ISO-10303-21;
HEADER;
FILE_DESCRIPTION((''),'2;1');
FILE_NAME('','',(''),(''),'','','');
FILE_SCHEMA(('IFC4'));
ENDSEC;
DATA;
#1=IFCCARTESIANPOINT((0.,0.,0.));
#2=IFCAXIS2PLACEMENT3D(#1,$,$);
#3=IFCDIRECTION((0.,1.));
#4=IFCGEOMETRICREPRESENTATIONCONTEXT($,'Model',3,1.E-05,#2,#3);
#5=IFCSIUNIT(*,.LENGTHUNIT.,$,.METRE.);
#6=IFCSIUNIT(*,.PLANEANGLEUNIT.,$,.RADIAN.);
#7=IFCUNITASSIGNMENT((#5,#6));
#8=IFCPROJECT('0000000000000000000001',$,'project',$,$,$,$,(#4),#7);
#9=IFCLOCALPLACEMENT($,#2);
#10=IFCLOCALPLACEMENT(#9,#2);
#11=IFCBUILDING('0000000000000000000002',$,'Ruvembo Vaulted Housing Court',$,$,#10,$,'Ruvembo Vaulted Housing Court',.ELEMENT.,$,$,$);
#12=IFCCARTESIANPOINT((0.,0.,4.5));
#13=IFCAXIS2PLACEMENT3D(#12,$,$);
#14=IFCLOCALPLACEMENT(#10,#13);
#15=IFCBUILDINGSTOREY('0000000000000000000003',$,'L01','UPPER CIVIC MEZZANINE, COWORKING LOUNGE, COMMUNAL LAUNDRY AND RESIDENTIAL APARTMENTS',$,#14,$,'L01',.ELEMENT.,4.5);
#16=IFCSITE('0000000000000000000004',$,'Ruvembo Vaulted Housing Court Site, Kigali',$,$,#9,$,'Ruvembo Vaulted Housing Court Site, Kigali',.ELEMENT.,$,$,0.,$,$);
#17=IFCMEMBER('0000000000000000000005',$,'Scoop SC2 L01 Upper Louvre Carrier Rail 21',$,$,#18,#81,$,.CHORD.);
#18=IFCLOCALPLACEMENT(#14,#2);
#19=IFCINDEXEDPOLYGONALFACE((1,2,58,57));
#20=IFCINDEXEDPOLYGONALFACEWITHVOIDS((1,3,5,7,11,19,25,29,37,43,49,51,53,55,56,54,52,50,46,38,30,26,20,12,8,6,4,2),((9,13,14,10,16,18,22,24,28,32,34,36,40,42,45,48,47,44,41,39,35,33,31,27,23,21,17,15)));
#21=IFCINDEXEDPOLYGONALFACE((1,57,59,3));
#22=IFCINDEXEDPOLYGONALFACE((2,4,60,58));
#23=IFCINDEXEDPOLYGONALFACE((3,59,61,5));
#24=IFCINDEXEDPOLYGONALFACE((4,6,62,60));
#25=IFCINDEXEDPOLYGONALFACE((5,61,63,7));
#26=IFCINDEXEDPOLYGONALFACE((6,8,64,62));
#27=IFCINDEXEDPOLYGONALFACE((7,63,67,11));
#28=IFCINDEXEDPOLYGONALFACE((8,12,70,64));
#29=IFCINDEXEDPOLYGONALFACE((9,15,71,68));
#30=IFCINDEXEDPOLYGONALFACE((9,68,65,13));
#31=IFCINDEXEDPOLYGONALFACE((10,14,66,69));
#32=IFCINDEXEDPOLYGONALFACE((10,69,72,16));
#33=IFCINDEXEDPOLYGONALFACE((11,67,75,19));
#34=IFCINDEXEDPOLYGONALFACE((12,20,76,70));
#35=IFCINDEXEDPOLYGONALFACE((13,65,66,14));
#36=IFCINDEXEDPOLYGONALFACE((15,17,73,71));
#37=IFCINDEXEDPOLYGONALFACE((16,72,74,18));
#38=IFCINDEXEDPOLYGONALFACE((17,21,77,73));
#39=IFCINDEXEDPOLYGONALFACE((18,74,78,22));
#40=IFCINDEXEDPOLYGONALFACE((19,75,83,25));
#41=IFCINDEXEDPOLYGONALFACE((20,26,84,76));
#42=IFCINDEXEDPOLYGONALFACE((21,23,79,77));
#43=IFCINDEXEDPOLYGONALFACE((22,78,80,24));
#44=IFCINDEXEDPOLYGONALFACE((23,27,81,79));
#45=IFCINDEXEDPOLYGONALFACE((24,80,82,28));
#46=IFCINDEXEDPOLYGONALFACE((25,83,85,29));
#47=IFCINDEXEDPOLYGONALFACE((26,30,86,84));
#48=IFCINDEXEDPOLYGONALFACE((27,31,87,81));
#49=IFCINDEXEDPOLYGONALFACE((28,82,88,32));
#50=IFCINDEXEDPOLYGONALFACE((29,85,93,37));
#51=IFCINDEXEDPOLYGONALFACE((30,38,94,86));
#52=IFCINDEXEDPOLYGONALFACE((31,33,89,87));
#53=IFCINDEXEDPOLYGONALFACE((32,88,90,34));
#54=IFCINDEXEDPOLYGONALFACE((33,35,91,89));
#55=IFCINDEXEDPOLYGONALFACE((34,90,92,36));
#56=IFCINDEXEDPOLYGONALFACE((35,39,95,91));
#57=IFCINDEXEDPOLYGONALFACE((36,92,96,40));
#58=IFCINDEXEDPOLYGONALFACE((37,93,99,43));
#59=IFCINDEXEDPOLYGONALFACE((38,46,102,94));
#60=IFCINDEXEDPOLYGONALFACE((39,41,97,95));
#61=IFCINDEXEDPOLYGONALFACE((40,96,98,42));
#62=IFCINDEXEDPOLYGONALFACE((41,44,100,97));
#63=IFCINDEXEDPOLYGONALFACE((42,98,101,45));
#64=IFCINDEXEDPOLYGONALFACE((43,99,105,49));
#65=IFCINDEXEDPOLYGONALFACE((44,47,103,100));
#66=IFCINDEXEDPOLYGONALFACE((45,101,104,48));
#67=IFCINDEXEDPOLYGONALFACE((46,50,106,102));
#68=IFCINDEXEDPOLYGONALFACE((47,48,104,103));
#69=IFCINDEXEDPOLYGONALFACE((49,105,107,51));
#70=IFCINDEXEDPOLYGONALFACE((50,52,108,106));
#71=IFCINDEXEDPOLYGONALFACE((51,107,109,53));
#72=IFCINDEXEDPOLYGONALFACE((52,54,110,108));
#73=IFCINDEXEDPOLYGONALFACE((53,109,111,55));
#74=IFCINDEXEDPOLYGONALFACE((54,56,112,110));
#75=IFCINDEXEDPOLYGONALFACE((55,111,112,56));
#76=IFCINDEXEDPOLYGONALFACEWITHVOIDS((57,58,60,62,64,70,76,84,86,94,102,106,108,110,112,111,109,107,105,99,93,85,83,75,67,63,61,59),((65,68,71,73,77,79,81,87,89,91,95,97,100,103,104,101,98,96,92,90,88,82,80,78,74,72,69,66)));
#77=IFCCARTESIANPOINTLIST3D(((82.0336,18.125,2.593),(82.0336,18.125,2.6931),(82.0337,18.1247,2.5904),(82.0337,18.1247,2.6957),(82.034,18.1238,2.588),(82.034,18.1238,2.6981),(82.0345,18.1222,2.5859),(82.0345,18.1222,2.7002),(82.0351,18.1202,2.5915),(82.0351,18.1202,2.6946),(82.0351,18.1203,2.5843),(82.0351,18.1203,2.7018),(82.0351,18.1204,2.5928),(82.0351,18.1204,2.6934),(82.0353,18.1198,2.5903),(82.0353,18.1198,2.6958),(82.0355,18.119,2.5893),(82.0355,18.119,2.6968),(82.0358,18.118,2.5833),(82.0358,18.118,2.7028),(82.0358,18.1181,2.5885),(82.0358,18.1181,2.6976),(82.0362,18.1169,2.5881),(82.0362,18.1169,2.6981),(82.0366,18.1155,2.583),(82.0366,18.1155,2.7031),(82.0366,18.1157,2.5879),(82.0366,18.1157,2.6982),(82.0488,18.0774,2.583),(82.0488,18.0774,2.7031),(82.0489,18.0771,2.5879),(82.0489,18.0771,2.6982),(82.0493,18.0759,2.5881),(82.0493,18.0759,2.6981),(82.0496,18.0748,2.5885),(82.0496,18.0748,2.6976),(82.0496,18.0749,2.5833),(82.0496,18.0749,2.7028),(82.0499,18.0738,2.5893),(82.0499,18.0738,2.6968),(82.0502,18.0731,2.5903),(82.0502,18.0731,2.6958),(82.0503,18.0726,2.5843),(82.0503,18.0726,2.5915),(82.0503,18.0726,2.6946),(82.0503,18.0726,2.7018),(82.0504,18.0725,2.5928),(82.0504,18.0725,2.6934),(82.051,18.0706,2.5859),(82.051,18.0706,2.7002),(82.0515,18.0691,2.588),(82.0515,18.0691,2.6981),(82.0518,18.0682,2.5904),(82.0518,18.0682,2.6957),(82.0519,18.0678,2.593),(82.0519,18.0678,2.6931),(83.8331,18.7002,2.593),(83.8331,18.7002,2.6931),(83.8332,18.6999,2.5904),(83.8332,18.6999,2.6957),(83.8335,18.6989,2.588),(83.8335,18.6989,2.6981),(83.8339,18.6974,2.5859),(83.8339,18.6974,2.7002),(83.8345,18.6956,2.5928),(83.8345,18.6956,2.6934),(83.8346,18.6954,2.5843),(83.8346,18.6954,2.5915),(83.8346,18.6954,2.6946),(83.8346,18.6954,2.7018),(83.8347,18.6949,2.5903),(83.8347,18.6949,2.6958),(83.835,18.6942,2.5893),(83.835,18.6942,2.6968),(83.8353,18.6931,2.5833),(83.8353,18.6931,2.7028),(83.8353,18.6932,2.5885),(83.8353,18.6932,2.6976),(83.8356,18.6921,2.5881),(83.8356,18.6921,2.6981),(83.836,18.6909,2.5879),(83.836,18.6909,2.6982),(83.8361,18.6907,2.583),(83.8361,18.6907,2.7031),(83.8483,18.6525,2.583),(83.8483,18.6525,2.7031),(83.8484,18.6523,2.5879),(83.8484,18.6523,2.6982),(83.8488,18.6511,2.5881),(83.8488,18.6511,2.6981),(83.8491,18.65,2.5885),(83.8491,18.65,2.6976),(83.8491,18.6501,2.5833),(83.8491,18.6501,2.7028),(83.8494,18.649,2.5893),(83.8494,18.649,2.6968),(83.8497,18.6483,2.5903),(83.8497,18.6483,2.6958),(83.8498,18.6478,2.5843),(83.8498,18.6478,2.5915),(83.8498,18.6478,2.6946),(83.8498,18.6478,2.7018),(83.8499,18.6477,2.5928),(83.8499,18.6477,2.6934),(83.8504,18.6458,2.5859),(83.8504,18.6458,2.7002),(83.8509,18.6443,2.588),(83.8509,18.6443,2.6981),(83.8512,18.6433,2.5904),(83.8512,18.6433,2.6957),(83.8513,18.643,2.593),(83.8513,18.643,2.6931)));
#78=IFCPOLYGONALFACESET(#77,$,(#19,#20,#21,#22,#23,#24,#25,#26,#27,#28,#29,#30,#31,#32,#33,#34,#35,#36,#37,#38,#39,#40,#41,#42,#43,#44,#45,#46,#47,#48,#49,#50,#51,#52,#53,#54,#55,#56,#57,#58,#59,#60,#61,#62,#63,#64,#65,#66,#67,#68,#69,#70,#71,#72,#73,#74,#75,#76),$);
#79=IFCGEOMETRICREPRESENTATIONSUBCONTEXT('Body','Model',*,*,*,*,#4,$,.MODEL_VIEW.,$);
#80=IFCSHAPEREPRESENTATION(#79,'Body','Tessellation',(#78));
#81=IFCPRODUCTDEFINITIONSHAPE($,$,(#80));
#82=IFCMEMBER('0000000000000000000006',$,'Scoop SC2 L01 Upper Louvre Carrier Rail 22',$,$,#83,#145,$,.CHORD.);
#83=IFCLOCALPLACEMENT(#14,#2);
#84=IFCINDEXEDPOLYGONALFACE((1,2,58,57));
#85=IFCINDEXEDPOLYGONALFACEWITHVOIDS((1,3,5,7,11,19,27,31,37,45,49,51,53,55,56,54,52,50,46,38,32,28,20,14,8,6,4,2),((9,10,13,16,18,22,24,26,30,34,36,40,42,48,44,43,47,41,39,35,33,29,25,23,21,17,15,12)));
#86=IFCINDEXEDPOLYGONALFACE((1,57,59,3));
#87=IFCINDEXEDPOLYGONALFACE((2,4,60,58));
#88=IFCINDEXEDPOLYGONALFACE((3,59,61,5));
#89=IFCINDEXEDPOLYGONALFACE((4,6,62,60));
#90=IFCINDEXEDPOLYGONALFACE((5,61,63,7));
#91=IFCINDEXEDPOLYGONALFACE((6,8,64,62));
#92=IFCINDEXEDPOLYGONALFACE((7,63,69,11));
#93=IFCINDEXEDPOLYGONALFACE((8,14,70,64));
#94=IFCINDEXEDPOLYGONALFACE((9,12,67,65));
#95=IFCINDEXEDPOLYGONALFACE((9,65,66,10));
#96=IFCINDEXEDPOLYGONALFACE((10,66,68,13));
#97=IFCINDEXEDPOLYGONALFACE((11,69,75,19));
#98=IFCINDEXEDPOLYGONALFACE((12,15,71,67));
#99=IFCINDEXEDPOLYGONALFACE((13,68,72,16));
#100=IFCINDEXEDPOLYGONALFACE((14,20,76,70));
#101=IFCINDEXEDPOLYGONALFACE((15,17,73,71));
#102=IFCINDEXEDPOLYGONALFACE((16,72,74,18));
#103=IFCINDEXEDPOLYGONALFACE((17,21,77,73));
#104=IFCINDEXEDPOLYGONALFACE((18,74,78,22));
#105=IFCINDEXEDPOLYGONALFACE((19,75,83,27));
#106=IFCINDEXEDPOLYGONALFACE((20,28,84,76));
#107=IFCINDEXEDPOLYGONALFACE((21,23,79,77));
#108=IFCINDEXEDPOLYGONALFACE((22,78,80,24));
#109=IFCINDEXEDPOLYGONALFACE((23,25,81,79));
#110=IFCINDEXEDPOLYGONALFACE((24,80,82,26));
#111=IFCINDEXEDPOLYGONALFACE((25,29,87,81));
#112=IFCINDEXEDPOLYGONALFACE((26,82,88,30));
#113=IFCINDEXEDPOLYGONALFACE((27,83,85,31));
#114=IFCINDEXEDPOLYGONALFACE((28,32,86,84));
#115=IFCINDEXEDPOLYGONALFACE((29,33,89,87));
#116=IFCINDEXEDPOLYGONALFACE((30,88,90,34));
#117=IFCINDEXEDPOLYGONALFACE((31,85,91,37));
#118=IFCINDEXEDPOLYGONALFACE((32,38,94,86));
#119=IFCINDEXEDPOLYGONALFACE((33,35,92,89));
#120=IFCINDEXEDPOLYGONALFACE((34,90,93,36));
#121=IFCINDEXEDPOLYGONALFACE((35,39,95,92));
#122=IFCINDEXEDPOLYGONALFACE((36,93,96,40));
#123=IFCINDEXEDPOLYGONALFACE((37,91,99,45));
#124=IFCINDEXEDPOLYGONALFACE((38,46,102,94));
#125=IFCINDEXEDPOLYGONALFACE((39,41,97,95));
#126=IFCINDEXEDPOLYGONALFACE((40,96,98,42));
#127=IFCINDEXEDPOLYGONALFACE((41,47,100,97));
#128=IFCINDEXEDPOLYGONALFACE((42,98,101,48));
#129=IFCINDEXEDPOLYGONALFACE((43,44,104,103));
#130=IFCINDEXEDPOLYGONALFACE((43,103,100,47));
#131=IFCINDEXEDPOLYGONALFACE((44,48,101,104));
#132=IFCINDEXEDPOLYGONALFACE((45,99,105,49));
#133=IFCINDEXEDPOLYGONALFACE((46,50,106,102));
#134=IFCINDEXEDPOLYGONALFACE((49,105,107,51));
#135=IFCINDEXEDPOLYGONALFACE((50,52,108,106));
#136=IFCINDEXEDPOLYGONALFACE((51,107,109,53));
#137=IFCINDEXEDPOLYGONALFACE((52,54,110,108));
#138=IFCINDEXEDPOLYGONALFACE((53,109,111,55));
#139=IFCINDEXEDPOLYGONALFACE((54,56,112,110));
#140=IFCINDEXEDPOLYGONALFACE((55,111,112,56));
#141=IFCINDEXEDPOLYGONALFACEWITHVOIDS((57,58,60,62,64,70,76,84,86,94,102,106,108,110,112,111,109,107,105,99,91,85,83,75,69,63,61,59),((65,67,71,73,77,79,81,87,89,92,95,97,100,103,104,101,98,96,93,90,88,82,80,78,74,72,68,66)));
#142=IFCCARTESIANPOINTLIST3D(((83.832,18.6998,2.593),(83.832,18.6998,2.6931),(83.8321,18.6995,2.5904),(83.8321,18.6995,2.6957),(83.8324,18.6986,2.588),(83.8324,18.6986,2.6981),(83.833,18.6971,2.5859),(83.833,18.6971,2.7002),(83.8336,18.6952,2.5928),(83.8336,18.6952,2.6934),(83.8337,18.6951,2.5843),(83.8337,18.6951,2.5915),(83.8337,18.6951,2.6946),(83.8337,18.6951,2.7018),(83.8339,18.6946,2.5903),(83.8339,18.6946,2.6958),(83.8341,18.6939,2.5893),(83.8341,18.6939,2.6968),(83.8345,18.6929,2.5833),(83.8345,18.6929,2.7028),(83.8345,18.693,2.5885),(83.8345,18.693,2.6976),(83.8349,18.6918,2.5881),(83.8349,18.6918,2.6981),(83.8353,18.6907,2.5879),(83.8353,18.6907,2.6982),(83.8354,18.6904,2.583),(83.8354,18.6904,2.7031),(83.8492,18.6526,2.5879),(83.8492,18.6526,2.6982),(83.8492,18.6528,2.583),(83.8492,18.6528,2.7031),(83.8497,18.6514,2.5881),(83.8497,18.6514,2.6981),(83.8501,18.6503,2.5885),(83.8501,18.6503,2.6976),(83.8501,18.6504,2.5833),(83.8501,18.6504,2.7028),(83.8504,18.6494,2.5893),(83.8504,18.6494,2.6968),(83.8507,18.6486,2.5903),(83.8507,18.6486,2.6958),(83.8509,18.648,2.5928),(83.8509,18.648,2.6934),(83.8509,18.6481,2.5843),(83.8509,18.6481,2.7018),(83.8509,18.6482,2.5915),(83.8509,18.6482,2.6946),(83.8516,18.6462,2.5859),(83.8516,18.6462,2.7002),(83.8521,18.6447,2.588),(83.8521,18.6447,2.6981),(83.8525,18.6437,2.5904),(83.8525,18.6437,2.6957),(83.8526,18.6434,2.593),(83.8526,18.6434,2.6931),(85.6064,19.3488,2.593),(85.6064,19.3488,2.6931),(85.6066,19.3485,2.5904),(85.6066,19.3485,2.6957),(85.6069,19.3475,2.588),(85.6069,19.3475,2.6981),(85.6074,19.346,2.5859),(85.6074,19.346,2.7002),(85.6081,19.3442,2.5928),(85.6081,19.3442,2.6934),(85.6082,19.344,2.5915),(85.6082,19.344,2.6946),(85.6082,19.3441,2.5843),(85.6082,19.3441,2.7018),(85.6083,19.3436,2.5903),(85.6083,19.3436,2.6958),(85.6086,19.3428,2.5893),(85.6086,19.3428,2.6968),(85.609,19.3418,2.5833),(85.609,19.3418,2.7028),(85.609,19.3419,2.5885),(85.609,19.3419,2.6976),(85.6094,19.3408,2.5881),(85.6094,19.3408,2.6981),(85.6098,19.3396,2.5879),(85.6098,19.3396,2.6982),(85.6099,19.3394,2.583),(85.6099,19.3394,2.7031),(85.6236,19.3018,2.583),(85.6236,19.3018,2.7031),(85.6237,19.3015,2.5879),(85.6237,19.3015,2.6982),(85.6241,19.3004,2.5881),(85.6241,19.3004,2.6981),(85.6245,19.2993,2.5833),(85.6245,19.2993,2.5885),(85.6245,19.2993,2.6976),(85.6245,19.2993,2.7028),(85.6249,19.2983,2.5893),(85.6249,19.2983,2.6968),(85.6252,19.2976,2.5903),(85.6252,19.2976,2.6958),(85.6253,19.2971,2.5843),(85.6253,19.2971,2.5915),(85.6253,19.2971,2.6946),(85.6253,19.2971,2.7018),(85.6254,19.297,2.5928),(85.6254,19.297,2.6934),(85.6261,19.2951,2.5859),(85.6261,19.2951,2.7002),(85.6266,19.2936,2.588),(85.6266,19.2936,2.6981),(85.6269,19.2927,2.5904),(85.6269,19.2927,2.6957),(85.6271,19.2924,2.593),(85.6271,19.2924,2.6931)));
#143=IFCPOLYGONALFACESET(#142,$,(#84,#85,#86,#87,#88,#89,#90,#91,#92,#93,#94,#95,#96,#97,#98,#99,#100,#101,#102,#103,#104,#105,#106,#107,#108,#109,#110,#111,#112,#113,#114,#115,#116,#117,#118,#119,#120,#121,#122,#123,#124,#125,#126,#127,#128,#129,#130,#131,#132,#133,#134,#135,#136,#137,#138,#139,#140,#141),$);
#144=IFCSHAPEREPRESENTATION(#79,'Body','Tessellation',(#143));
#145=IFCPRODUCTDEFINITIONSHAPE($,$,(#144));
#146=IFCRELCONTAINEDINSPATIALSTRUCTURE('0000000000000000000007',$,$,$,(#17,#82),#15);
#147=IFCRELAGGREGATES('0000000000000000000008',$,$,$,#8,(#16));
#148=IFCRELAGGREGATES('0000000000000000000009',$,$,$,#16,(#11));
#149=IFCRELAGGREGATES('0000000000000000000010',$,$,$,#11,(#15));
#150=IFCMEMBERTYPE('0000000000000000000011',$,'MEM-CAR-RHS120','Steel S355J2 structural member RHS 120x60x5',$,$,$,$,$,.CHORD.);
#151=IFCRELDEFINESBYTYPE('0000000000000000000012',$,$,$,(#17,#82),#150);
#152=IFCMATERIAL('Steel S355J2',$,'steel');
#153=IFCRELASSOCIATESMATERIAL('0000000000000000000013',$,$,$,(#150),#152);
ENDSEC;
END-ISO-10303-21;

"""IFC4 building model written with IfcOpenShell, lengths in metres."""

from ifc_helpers import new_model, si_unit, direction, frame, origin, origin_2d, place, context, subcontext, project, spatial, hollow_rectangle, extrude, material, material_profile, profile_set, type_object, element, save


model = new_model("IFC4")

# Units and contexts
model_context = context("Model", 3, precision=1e-05, world=origin(), true_north=direction((0.0, 1.0)))
body_context = subcontext(model_context, "Body", "Model", "MODEL_VIEW")
ifc_project = project(units=[si_unit("LENGTHUNIT", "METRE"), si_unit("PLANEANGLEUNIT", "RADIAN")], contexts=[model_context])

# Site, building, storey
site_placement = place(None, origin())
site = spatial("IfcSite", under=ifc_project, at=site_placement, Name="Ruvembo Vaulted Housing Court Site, Kigali", LongName="Ruvembo Vaulted Housing Court Site, Kigali", CompositionType="ELEMENT", RefElevation=0.0)
building_placement = place(site_placement, origin())
building = spatial("IfcBuilding", under=site, at=building_placement, Name="Ruvembo Vaulted Housing Court", LongName="Ruvembo Vaulted Housing Court", CompositionType="ELEMENT")
storey_placement = place(building_placement, frame((0.0, 0.0, 4.5)))
storey = spatial("IfcBuildingStorey", under=building, at=storey_placement, Name="L01", Description="UPPER CIVIC MEZZANINE, COWORKING LOUNGE, COMMUNAL LAUNDRY AND RESIDENTIAL APARTMENTS", LongName="L01", CompositionType="ELEMENT", Elevation=4.5)

# Shared definitions
ifc_material_1 = material(Name="Steel S355J2", Category="steel")

# Members
ifc_material_profile_1 = material_profile(ifc_material_1, hollow_rectangle(XDim=0.0601, YDim=0.1201, WallThickness=0.0049, InnerFilletRadius=0.0049, OuterFilletRadius=0.01, at=origin_2d()), Name="RHS 120x60x5")
ifc_profile_set_1 = profile_set([ifc_material_profile_1], Name="Steel S355J2")
member_type_1 = type_object("IfcMemberType", Name="MEM-CAR-RHS120", Description="Steel S355J2 structural member RHS 120x60x5", PredefinedType="CHORD", material=ifc_profile_set_1)
member_1_placement = place(storey_placement, frame((82.0427, 18.0964, 2.6431), z_axis=(0.952526, 0.304457, 0.0), x_axis=(-0.304457, 0.952526, 0.0)))
element("IfcMember", 1, at=member_1_placement, inside=storey, type_object=member_type_1, Name="Scoop SC2 L01 Upper Louvre Carrier Rail 21", PredefinedType="CHORD", context=body_context, shape_type="SweptSolid", body=[
    extrude(hollow_rectangle(XDim=0.0601, YDim=0.1201, WallThickness=0.0049, InnerFilletRadius=0.0049, OuterFilletRadius=0.01, at=origin_2d()), origin(), (0.0, 0.0, 1.0), 1.8892),
])
member_2_placement = place(storey_placement, frame((83.8423, 18.6716, 2.6431), z_axis=(0.939166, 0.343465, 0.0), x_axis=(-0.343465, 0.939166, 0.0)))
element("IfcMember", 2, at=member_2_placement, inside=storey, type_object=member_type_1, Name="Scoop SC2 L01 Upper Louvre Carrier Rail 22", PredefinedType="CHORD", context=body_context, shape_type="SweptSolid", body=[
    extrude(hollow_rectangle(XDim=0.0601, YDim=0.1201, WallThickness=0.0049, InnerFilletRadius=0.0049, OuterFilletRadius=0.01, at=origin_2d()), origin(), (0.0, 0.0, 1.0), 1.8894),
])

save(model, "model.ifc")
